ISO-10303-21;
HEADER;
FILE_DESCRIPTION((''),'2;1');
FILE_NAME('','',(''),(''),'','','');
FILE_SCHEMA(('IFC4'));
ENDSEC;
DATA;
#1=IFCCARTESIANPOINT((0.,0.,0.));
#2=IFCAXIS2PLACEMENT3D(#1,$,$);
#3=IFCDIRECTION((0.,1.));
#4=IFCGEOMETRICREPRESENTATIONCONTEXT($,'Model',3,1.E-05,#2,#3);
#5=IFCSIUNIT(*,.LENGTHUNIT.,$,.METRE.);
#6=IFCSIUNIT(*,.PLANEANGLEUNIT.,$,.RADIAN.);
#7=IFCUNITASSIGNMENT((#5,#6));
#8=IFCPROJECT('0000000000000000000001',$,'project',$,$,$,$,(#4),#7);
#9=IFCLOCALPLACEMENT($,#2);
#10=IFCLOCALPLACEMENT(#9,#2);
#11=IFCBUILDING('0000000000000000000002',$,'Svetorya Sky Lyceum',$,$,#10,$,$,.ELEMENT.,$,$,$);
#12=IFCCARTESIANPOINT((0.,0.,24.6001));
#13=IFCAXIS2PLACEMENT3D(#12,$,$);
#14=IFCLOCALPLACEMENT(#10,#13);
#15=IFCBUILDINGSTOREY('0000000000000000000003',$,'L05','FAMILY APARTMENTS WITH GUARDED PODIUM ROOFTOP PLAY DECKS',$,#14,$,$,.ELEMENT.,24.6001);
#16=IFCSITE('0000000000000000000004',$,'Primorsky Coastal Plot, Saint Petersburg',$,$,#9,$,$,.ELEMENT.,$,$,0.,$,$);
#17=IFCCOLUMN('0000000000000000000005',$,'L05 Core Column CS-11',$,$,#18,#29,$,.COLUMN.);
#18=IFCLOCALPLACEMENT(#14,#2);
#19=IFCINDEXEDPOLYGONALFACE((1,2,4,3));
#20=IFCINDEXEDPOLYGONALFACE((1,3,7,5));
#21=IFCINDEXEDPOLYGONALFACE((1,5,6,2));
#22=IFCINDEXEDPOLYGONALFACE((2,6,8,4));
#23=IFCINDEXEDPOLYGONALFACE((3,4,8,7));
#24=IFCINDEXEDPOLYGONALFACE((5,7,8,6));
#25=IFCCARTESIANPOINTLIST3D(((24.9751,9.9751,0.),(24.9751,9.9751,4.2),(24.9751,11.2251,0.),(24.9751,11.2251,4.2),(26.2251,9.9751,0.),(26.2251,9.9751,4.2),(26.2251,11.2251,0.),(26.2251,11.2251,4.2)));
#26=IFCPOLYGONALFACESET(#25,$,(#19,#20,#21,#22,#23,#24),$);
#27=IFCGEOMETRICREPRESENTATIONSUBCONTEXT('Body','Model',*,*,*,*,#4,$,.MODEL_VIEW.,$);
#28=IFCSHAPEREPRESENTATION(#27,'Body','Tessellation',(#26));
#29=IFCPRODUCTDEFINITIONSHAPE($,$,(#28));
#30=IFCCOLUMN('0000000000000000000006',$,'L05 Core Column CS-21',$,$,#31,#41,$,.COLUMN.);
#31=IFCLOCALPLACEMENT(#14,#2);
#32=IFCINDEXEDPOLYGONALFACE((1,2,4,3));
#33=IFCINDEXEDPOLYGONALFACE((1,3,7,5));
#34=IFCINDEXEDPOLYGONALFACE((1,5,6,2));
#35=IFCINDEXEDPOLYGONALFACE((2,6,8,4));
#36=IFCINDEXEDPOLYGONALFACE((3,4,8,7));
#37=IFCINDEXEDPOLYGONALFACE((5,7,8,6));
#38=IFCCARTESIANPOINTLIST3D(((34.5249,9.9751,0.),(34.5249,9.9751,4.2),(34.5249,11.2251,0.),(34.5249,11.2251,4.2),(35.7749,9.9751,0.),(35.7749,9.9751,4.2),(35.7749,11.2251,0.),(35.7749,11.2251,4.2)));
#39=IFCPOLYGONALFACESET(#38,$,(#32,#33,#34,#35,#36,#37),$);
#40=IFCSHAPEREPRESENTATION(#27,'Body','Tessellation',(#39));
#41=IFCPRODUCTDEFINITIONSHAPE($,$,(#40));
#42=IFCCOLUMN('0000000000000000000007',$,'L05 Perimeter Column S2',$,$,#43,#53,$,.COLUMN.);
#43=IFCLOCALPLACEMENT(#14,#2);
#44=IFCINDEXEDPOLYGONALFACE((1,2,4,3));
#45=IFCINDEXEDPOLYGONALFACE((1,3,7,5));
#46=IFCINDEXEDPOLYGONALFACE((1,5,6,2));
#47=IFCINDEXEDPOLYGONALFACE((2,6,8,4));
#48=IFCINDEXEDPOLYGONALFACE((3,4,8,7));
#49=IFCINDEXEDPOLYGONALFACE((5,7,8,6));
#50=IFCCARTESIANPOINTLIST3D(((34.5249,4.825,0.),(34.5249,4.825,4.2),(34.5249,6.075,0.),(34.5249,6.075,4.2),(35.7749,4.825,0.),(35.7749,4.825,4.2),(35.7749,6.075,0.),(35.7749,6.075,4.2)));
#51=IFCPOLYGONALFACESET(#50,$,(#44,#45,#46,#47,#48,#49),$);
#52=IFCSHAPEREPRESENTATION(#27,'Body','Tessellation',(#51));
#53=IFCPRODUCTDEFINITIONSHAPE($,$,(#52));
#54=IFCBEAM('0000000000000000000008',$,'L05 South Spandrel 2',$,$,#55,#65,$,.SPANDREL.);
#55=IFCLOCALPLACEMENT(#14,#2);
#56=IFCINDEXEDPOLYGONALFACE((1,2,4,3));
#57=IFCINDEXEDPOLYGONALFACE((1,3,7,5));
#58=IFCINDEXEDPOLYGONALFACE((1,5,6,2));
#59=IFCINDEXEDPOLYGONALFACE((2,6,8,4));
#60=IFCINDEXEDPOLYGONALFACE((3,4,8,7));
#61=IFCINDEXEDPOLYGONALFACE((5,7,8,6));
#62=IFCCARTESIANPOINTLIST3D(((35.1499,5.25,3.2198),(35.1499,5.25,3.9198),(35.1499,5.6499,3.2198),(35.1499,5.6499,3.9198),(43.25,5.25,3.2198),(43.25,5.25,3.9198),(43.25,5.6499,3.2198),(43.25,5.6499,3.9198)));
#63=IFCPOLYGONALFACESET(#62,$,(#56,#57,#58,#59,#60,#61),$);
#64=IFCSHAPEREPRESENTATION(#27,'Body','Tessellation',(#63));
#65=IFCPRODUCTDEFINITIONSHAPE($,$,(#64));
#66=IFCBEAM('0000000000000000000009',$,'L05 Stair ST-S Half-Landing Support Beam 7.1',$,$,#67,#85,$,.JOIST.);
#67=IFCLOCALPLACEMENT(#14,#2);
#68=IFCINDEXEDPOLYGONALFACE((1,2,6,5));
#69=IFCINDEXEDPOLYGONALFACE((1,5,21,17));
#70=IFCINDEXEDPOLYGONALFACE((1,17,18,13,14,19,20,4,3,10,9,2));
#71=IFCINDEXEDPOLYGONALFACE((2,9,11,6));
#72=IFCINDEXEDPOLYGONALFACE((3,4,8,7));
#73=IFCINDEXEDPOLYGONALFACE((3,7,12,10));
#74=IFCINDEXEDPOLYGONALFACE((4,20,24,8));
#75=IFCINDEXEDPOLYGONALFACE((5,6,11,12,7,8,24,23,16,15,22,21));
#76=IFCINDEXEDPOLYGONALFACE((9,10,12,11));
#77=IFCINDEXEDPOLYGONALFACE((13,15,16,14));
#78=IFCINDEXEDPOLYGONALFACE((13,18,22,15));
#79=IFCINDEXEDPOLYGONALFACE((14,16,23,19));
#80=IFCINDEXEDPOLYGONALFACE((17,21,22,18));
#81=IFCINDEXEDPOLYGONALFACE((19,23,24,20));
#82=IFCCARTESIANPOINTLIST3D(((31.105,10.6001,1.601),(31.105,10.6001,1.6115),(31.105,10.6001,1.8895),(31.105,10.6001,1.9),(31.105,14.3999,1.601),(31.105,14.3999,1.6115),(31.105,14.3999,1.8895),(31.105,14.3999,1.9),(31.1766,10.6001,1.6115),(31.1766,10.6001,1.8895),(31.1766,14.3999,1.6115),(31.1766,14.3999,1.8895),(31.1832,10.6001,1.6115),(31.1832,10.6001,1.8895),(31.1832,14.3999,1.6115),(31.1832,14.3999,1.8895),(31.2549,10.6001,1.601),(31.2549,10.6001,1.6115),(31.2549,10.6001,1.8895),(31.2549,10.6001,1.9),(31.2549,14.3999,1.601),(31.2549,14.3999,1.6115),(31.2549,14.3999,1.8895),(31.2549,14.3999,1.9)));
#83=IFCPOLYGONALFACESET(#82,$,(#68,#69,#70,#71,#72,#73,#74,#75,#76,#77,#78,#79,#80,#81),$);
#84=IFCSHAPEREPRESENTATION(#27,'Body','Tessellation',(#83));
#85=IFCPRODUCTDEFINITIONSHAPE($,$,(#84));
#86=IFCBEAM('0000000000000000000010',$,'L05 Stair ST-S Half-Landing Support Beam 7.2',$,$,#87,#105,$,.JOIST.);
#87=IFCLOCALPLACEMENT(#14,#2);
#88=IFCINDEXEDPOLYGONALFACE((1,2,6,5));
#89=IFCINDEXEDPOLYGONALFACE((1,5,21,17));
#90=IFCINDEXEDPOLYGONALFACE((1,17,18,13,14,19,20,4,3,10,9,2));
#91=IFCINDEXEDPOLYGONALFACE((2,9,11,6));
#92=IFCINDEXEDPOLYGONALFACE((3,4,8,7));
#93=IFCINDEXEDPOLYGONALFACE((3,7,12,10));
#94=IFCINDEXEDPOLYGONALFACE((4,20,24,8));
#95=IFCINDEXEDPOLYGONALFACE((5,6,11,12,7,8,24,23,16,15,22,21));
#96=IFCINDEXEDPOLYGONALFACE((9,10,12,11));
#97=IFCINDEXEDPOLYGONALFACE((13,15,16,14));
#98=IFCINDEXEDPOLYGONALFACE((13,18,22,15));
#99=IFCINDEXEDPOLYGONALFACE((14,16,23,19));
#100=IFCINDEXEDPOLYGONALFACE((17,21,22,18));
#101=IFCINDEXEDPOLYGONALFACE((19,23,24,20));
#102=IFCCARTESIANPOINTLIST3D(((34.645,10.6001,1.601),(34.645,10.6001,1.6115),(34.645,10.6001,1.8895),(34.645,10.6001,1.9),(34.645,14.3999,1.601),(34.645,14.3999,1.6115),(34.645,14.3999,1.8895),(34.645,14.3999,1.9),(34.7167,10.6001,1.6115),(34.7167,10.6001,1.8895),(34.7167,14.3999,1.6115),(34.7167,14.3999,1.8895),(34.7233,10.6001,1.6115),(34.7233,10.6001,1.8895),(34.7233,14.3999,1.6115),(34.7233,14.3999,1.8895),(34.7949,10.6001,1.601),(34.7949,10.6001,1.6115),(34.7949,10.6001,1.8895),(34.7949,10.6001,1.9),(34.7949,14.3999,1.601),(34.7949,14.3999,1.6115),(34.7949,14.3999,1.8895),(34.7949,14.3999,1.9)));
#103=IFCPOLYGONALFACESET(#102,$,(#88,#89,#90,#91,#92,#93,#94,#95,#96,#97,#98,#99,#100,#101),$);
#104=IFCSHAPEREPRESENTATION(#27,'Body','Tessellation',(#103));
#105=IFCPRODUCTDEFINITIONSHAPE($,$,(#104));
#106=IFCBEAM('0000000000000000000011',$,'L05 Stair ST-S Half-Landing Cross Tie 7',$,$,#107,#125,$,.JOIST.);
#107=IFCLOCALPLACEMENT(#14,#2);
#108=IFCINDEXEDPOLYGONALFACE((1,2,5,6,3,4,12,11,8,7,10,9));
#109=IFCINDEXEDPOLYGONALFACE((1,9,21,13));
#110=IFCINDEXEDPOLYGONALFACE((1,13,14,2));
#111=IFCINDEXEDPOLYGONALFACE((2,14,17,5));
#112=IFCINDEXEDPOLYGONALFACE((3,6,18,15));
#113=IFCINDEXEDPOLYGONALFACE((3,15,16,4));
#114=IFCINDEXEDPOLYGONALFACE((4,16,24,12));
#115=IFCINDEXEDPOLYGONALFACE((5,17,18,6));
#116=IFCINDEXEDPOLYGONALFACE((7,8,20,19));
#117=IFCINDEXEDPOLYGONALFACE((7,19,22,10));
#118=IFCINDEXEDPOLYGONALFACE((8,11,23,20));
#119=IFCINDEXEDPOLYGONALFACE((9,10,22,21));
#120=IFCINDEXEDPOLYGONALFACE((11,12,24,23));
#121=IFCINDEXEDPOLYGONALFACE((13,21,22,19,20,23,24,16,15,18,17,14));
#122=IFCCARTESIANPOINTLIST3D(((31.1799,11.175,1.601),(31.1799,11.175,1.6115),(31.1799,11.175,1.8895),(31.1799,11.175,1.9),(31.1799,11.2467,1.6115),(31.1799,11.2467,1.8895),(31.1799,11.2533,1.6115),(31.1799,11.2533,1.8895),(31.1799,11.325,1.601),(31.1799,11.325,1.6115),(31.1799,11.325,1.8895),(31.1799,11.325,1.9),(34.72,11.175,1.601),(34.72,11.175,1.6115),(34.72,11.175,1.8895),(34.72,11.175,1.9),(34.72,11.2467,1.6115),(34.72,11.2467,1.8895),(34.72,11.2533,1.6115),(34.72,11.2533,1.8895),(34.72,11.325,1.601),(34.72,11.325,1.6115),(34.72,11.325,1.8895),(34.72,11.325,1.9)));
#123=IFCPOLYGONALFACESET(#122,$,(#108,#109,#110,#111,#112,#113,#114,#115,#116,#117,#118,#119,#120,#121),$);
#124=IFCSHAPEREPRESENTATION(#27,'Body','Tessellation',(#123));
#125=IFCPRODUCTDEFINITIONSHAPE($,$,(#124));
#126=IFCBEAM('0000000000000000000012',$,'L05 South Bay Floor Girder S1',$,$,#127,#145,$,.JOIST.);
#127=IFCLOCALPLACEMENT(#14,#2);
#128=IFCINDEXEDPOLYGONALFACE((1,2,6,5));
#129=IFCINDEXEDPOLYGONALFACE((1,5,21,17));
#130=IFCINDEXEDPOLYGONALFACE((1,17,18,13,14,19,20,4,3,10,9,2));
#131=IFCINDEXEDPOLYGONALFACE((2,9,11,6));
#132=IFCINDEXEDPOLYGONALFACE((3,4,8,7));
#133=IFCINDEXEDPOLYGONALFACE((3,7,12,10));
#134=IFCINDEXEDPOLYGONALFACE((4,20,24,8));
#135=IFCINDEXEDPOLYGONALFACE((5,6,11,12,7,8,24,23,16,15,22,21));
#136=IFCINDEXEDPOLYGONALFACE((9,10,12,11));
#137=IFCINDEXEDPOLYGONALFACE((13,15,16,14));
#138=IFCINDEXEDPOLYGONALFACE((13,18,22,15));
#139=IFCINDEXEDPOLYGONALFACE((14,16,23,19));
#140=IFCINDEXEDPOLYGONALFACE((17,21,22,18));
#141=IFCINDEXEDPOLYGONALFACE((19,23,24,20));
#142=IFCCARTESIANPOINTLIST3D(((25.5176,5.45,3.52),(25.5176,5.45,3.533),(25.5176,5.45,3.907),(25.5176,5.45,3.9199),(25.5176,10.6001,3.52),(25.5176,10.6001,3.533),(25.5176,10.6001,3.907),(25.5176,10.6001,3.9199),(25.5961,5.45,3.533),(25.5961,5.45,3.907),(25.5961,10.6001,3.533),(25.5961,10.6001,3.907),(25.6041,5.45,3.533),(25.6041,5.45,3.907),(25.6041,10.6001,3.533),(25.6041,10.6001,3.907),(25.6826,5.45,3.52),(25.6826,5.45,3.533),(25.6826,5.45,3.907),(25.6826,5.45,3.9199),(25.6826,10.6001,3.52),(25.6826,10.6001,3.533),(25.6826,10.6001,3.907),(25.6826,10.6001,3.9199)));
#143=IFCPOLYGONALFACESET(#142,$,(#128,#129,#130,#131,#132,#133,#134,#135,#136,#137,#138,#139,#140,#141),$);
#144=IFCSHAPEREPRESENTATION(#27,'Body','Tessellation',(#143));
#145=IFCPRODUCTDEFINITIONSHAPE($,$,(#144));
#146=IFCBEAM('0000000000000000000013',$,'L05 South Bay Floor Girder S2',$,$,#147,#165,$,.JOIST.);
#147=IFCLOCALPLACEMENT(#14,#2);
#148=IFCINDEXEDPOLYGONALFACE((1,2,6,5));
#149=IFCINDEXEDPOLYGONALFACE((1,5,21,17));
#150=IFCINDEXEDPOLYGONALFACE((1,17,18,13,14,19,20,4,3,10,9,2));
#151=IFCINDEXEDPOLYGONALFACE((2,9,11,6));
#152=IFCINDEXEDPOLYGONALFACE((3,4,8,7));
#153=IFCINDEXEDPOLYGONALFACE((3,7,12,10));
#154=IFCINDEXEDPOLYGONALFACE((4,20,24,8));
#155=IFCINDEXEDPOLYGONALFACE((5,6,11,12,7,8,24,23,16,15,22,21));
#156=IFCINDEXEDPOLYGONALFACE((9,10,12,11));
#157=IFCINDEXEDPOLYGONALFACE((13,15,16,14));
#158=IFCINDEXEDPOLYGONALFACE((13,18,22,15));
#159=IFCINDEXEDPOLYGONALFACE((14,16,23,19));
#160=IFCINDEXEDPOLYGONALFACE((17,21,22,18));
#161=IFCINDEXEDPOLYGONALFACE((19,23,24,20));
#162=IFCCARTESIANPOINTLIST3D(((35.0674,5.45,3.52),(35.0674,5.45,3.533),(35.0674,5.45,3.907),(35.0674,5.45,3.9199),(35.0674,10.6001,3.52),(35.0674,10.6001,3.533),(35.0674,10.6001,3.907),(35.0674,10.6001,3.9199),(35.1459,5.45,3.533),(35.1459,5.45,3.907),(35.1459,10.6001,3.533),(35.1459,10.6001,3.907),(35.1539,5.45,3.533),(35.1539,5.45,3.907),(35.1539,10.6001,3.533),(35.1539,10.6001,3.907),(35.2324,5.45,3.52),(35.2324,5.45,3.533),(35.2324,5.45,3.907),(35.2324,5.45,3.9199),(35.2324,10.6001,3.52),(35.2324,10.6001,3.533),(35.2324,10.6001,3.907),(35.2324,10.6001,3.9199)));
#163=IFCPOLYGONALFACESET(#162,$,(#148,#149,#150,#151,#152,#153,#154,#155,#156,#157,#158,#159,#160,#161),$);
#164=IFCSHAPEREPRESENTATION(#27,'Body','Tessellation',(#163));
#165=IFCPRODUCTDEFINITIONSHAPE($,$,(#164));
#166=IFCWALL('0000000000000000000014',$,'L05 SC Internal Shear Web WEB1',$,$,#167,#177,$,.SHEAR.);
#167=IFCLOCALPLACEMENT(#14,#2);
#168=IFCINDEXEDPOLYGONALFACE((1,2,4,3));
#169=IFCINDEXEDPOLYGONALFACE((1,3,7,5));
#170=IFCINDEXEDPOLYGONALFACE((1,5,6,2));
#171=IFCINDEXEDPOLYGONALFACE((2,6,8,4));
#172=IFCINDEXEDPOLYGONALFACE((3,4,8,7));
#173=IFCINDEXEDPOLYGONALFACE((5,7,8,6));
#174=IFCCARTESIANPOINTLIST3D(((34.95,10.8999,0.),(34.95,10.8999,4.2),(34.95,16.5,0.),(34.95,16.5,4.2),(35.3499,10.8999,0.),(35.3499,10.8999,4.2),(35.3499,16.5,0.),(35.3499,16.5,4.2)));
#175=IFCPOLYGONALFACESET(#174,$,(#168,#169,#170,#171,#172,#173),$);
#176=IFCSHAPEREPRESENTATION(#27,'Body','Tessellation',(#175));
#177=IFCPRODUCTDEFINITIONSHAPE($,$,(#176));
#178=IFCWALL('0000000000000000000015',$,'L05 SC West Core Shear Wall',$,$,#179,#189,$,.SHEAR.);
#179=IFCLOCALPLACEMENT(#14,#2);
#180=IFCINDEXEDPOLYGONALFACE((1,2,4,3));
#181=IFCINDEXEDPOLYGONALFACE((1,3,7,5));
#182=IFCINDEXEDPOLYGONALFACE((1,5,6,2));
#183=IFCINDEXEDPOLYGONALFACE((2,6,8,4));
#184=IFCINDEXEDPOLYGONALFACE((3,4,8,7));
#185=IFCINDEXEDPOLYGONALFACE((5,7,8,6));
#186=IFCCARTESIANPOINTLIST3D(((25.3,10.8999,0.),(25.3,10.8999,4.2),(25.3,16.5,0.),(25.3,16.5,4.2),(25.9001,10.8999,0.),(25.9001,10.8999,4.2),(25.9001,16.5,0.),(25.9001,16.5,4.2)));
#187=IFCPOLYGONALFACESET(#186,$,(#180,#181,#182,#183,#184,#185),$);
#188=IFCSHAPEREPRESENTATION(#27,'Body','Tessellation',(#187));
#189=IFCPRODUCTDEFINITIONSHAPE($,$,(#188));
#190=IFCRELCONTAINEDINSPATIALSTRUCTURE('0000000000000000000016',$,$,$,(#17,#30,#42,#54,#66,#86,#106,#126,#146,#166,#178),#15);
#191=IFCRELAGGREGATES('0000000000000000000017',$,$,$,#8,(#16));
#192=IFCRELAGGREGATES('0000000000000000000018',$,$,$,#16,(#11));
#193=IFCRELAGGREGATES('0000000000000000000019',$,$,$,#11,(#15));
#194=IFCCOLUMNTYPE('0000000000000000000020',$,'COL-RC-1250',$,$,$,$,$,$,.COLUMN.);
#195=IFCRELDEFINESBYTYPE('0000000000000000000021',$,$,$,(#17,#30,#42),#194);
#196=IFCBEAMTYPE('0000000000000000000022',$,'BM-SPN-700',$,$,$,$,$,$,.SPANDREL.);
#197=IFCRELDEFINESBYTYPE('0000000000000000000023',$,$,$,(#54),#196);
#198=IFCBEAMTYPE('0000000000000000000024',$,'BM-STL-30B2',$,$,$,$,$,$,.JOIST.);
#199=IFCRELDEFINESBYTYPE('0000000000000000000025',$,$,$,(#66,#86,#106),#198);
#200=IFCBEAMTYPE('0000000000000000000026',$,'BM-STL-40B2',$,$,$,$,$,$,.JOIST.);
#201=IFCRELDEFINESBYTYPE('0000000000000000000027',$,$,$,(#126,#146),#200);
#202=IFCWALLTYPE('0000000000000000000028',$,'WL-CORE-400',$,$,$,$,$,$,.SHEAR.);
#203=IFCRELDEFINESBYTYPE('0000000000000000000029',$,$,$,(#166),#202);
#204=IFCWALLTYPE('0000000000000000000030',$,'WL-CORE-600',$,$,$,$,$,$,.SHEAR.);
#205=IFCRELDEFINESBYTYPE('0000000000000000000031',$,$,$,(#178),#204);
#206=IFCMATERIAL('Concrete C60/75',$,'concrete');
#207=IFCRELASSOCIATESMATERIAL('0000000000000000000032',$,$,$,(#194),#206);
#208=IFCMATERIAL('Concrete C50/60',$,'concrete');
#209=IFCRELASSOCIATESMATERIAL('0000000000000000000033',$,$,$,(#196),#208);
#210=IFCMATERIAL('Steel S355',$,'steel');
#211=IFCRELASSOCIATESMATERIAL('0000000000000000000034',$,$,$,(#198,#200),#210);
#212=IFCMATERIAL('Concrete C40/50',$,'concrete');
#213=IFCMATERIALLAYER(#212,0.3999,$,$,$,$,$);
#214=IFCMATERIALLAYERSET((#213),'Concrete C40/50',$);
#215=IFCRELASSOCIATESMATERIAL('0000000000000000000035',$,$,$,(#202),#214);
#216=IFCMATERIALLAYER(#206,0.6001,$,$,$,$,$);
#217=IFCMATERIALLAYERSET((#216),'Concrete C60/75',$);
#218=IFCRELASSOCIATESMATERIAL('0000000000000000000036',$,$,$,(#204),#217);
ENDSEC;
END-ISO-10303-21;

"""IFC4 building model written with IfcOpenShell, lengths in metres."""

from ifc_helpers import new_model, si_unit, direction, frame, frame_2d, origin, origin_2d, place, context, subcontext, project, spatial, rectangle, i_section, extrude, material, layer, layer_set, material_profile, profile_set, type_object, element, save


model = new_model("IFC4")

# Units and contexts
model_context = context("Model", 3, precision=1e-05, world=origin(), true_north=direction((0.0, 1.0)))
body_context = subcontext(model_context, "Body", "Model", "MODEL_VIEW")
ifc_project = project(units=[si_unit("LENGTHUNIT", "METRE"), si_unit("PLANEANGLEUNIT", "RADIAN")], contexts=[model_context])

# Site, building, storey
site_placement = place(None, origin())
site = spatial("IfcSite", under=ifc_project, at=site_placement, Name="Primorsky Coastal Plot, Saint Petersburg", CompositionType="ELEMENT", RefElevation=0.0)
building_placement = place(site_placement, origin())
building = spatial("IfcBuilding", under=site, at=building_placement, Name="Svetorya Sky Lyceum", CompositionType="ELEMENT")
storey_placement = place(building_placement, frame((0.0, 0.0, 24.6001)))
storey = spatial("IfcBuildingStorey", under=building, at=storey_placement, Name="L05", Description="FAMILY APARTMENTS WITH GUARDED PODIUM ROOFTOP PLAY DECKS", CompositionType="ELEMENT", Elevation=24.6001)

# Columns
ifc_material_1 = material(Name="Concrete C60/75", Category="concrete")
ifc_material_profile_1 = material_profile(ifc_material_1, rectangle(XDim=1.25, YDim=1.25, at=origin_2d()), Name="RC COL 1250x1250")
ifc_profile_set_1 = profile_set([ifc_material_profile_1], Name="Concrete C60/75")
column_type = type_object("IfcColumnType", Name="COL-RC-1250", PredefinedType="COLUMN", material=ifc_profile_set_1)
for number, where, z_axis, x_axis, name in (
    (1, (25.6001, 10.6001, 0.0), (0.0, 0.0, 1.0), (1.0, 0.0, 0.0), "L05 Core Column CS-11"),
    (2, (35.1499, 10.6001, 0.0), (0.0, 0.0, 1.0), (1.0, 0.0, 0.0), "L05 Core Column CS-21"),
    (3, (35.1499, 5.45, 0.0), (0.0, 0.0, 1.0), (1.0, 0.0, 0.0), "L05 Perimeter Column S2"),
):
    element("IfcColumn", number, at=place(storey_placement, frame(where, z_axis=z_axis, x_axis=x_axis)), inside=storey, type_object=column_type, Name=name, PredefinedType="COLUMN", context=body_context, shape_type="SweptSolid", body=[
        extrude(rectangle(XDim=1.25, YDim=1.25, at=origin_2d()), origin(), (0.0, 0.0, 1.0), 4.2),
    ])

# Beams
ifc_material_2 = material(Name="Concrete C50/60", Category="concrete")
ifc_material_profile_2 = material_profile(ifc_material_2, rectangle(XDim=0.3999, YDim=0.7, at=origin_2d()), Name="RC SPANDREL 400x700")
ifc_profile_set_2 = profile_set([ifc_material_profile_2], Name="Concrete C50/60")
beam_type_1 = type_object("IfcBeamType", Name="BM-SPN-700", PredefinedType="SPANDREL", material=ifc_profile_set_2)
beam_1_placement = place(storey_placement, frame((35.1499, 5.45, 3.5698), z_axis=(1.0, 0.0, 0.0), x_axis=(0.0, 1.0, 0.0)))
element("IfcBeam", 4, at=beam_1_placement, inside=storey, type_object=beam_type_1, Name="L05 South Spandrel 2", PredefinedType="SPANDREL", context=body_context, shape_type="SweptSolid", body=[
    extrude(rectangle(XDim=0.3999, YDim=0.7, at=origin_2d()), origin(), (0.0, 0.0, 1.0), 8.1001),
])
ifc_material_3 = material(Name="Steel S355", Category="steel")
ifc_material_profile_3 = material_profile(ifc_material_3, i_section(OverallWidth=0.1499, OverallDepth=0.2991, WebThickness=0.0066, FlangeThickness=0.0105, at=origin_2d()), Name="GOST 30B2")
ifc_profile_set_3 = profile_set([ifc_material_profile_3], Name="Steel S355")
beam_type_2 = type_object("IfcBeamType", Name="BM-STL-30B2", PredefinedType="JOIST", material=ifc_profile_set_3)
for number, where, z_axis, x_axis, name in (
    (5, (31.1799, 10.6001, 1.7505), (0.0, 1.0, 0.0), (-1.0, 0.0, 0.0), "L05 Stair ST-S Half-Landing Support Beam 7.1"),
    (6, (34.72, 10.6001, 1.7505), (0.0, 1.0, 0.0), (-1.0, 0.0, 0.0), "L05 Stair ST-S Half-Landing Support Beam 7.2"),
):
    element("IfcBeam", number, at=place(storey_placement, frame(where, z_axis=z_axis, x_axis=x_axis)), inside=storey, type_object=beam_type_2, Name=name, PredefinedType="JOIST", context=body_context, shape_type="SweptSolid", body=[
        extrude(i_section(OverallWidth=0.1499, OverallDepth=0.2991, WebThickness=0.0066, FlangeThickness=0.0105, at=origin_2d()), origin(), (0.0, 0.0, 1.0), 3.7998),
    ])
beam_2_placement = place(storey_placement, frame((31.1799, 11.25, 1.7505), z_axis=(1.0, 0.0, 0.0), x_axis=(0.0, 1.0, 0.0)))
element("IfcBeam", 7, at=beam_2_placement, inside=storey, type_object=beam_type_2, Name="L05 Stair ST-S Half-Landing Cross Tie 7", PredefinedType="JOIST", context=body_context, shape_type="SweptSolid", body=[
    extrude(i_section(OverallWidth=0.1499, OverallDepth=0.2991, WebThickness=0.0066, FlangeThickness=0.0105, at=origin_2d()), origin(), (0.0, 0.0, 1.0), 3.54),
])
ifc_material_profile_4 = material_profile(ifc_material_3, i_section(OverallWidth=0.165, OverallDepth=0.3999, WebThickness=0.0081, FlangeThickness=0.0129, at=origin_2d()), Name="GOST 40B2")
ifc_profile_set_4 = profile_set([ifc_material_profile_4], Name="Steel S355")
beam_type_3 = type_object("IfcBeamType", Name="BM-STL-40B2", PredefinedType="JOIST", material=ifc_profile_set_4)
for number, where, z_axis, x_axis, name in (
    (8, (25.6001, 5.45, 3.72), (0.0, 1.0, 0.0), (-1.0, 0.0, 0.0), "L05 South Bay Floor Girder S1"),
    (9, (35.1499, 5.45, 3.72), (0.0, 1.0, 0.0), (-1.0, 0.0, 0.0), "L05 South Bay Floor Girder S2"),
):
    element("IfcBeam", number, at=place(storey_placement, frame(where, z_axis=z_axis, x_axis=x_axis)), inside=storey, type_object=beam_type_3, Name=name, PredefinedType="JOIST", context=body_context, shape_type="SweptSolid", body=[
        extrude(i_section(OverallWidth=0.165, OverallDepth=0.3999, WebThickness=0.0081, FlangeThickness=0.0129, at=origin_2d()), origin(), (0.0, 0.0, 1.0), 5.1501),
    ])

# Walls
ifc_material_4 = material(Name="Concrete C40/50", Category="concrete")
ifc_layer_1 = layer(ifc_material_4, 0.3999)
ifc_layer_set_1 = layer_set([ifc_layer_1], Name="Concrete C40/50")
wall_type_1 = type_object("IfcWallType", Name="WL-CORE-400", PredefinedType="SHEAR", material=ifc_layer_set_1)
wall_1_placement = place(storey_placement, frame((35.1499, 10.8999, 0.0), z_axis=(0.0, 0.0, 1.0), x_axis=(0.0, 1.0, 0.0)))
element("IfcWall", 10, at=wall_1_placement, inside=storey, type_object=wall_type_1, Name="L05 SC Internal Shear Web WEB1", PredefinedType="SHEAR", context=body_context, shape_type="SweptSolid", body=[
    extrude(rectangle(XDim=5.6001, YDim=0.3999, at=frame_2d((2.8, 0.0))), origin(), (0.0, 0.0, 1.0), 4.2),
])
ifc_layer_2 = layer(ifc_material_1, 0.6001)
ifc_layer_set_2 = layer_set([ifc_layer_2], Name="Concrete C60/75")
wall_type_2 = type_object("IfcWallType", Name="WL-CORE-600", PredefinedType="SHEAR", material=ifc_layer_set_2)
wall_2_placement = place(storey_placement, frame((25.6001, 10.8999, 0.0), z_axis=(0.0, 0.0, 1.0), x_axis=(0.0, 1.0, 0.0)))
element("IfcWall", 11, at=wall_2_placement, inside=storey, type_object=wall_type_2, Name="L05 SC West Core Shear Wall", PredefinedType="SHEAR", context=body_context, shape_type="SweptSolid", body=[
    extrude(rectangle(XDim=5.6001, YDim=0.6001, at=frame_2d((2.8, 0.0))), origin(), (0.0, 0.0, 1.0), 4.2),
])

save(model, "model.ifc")
